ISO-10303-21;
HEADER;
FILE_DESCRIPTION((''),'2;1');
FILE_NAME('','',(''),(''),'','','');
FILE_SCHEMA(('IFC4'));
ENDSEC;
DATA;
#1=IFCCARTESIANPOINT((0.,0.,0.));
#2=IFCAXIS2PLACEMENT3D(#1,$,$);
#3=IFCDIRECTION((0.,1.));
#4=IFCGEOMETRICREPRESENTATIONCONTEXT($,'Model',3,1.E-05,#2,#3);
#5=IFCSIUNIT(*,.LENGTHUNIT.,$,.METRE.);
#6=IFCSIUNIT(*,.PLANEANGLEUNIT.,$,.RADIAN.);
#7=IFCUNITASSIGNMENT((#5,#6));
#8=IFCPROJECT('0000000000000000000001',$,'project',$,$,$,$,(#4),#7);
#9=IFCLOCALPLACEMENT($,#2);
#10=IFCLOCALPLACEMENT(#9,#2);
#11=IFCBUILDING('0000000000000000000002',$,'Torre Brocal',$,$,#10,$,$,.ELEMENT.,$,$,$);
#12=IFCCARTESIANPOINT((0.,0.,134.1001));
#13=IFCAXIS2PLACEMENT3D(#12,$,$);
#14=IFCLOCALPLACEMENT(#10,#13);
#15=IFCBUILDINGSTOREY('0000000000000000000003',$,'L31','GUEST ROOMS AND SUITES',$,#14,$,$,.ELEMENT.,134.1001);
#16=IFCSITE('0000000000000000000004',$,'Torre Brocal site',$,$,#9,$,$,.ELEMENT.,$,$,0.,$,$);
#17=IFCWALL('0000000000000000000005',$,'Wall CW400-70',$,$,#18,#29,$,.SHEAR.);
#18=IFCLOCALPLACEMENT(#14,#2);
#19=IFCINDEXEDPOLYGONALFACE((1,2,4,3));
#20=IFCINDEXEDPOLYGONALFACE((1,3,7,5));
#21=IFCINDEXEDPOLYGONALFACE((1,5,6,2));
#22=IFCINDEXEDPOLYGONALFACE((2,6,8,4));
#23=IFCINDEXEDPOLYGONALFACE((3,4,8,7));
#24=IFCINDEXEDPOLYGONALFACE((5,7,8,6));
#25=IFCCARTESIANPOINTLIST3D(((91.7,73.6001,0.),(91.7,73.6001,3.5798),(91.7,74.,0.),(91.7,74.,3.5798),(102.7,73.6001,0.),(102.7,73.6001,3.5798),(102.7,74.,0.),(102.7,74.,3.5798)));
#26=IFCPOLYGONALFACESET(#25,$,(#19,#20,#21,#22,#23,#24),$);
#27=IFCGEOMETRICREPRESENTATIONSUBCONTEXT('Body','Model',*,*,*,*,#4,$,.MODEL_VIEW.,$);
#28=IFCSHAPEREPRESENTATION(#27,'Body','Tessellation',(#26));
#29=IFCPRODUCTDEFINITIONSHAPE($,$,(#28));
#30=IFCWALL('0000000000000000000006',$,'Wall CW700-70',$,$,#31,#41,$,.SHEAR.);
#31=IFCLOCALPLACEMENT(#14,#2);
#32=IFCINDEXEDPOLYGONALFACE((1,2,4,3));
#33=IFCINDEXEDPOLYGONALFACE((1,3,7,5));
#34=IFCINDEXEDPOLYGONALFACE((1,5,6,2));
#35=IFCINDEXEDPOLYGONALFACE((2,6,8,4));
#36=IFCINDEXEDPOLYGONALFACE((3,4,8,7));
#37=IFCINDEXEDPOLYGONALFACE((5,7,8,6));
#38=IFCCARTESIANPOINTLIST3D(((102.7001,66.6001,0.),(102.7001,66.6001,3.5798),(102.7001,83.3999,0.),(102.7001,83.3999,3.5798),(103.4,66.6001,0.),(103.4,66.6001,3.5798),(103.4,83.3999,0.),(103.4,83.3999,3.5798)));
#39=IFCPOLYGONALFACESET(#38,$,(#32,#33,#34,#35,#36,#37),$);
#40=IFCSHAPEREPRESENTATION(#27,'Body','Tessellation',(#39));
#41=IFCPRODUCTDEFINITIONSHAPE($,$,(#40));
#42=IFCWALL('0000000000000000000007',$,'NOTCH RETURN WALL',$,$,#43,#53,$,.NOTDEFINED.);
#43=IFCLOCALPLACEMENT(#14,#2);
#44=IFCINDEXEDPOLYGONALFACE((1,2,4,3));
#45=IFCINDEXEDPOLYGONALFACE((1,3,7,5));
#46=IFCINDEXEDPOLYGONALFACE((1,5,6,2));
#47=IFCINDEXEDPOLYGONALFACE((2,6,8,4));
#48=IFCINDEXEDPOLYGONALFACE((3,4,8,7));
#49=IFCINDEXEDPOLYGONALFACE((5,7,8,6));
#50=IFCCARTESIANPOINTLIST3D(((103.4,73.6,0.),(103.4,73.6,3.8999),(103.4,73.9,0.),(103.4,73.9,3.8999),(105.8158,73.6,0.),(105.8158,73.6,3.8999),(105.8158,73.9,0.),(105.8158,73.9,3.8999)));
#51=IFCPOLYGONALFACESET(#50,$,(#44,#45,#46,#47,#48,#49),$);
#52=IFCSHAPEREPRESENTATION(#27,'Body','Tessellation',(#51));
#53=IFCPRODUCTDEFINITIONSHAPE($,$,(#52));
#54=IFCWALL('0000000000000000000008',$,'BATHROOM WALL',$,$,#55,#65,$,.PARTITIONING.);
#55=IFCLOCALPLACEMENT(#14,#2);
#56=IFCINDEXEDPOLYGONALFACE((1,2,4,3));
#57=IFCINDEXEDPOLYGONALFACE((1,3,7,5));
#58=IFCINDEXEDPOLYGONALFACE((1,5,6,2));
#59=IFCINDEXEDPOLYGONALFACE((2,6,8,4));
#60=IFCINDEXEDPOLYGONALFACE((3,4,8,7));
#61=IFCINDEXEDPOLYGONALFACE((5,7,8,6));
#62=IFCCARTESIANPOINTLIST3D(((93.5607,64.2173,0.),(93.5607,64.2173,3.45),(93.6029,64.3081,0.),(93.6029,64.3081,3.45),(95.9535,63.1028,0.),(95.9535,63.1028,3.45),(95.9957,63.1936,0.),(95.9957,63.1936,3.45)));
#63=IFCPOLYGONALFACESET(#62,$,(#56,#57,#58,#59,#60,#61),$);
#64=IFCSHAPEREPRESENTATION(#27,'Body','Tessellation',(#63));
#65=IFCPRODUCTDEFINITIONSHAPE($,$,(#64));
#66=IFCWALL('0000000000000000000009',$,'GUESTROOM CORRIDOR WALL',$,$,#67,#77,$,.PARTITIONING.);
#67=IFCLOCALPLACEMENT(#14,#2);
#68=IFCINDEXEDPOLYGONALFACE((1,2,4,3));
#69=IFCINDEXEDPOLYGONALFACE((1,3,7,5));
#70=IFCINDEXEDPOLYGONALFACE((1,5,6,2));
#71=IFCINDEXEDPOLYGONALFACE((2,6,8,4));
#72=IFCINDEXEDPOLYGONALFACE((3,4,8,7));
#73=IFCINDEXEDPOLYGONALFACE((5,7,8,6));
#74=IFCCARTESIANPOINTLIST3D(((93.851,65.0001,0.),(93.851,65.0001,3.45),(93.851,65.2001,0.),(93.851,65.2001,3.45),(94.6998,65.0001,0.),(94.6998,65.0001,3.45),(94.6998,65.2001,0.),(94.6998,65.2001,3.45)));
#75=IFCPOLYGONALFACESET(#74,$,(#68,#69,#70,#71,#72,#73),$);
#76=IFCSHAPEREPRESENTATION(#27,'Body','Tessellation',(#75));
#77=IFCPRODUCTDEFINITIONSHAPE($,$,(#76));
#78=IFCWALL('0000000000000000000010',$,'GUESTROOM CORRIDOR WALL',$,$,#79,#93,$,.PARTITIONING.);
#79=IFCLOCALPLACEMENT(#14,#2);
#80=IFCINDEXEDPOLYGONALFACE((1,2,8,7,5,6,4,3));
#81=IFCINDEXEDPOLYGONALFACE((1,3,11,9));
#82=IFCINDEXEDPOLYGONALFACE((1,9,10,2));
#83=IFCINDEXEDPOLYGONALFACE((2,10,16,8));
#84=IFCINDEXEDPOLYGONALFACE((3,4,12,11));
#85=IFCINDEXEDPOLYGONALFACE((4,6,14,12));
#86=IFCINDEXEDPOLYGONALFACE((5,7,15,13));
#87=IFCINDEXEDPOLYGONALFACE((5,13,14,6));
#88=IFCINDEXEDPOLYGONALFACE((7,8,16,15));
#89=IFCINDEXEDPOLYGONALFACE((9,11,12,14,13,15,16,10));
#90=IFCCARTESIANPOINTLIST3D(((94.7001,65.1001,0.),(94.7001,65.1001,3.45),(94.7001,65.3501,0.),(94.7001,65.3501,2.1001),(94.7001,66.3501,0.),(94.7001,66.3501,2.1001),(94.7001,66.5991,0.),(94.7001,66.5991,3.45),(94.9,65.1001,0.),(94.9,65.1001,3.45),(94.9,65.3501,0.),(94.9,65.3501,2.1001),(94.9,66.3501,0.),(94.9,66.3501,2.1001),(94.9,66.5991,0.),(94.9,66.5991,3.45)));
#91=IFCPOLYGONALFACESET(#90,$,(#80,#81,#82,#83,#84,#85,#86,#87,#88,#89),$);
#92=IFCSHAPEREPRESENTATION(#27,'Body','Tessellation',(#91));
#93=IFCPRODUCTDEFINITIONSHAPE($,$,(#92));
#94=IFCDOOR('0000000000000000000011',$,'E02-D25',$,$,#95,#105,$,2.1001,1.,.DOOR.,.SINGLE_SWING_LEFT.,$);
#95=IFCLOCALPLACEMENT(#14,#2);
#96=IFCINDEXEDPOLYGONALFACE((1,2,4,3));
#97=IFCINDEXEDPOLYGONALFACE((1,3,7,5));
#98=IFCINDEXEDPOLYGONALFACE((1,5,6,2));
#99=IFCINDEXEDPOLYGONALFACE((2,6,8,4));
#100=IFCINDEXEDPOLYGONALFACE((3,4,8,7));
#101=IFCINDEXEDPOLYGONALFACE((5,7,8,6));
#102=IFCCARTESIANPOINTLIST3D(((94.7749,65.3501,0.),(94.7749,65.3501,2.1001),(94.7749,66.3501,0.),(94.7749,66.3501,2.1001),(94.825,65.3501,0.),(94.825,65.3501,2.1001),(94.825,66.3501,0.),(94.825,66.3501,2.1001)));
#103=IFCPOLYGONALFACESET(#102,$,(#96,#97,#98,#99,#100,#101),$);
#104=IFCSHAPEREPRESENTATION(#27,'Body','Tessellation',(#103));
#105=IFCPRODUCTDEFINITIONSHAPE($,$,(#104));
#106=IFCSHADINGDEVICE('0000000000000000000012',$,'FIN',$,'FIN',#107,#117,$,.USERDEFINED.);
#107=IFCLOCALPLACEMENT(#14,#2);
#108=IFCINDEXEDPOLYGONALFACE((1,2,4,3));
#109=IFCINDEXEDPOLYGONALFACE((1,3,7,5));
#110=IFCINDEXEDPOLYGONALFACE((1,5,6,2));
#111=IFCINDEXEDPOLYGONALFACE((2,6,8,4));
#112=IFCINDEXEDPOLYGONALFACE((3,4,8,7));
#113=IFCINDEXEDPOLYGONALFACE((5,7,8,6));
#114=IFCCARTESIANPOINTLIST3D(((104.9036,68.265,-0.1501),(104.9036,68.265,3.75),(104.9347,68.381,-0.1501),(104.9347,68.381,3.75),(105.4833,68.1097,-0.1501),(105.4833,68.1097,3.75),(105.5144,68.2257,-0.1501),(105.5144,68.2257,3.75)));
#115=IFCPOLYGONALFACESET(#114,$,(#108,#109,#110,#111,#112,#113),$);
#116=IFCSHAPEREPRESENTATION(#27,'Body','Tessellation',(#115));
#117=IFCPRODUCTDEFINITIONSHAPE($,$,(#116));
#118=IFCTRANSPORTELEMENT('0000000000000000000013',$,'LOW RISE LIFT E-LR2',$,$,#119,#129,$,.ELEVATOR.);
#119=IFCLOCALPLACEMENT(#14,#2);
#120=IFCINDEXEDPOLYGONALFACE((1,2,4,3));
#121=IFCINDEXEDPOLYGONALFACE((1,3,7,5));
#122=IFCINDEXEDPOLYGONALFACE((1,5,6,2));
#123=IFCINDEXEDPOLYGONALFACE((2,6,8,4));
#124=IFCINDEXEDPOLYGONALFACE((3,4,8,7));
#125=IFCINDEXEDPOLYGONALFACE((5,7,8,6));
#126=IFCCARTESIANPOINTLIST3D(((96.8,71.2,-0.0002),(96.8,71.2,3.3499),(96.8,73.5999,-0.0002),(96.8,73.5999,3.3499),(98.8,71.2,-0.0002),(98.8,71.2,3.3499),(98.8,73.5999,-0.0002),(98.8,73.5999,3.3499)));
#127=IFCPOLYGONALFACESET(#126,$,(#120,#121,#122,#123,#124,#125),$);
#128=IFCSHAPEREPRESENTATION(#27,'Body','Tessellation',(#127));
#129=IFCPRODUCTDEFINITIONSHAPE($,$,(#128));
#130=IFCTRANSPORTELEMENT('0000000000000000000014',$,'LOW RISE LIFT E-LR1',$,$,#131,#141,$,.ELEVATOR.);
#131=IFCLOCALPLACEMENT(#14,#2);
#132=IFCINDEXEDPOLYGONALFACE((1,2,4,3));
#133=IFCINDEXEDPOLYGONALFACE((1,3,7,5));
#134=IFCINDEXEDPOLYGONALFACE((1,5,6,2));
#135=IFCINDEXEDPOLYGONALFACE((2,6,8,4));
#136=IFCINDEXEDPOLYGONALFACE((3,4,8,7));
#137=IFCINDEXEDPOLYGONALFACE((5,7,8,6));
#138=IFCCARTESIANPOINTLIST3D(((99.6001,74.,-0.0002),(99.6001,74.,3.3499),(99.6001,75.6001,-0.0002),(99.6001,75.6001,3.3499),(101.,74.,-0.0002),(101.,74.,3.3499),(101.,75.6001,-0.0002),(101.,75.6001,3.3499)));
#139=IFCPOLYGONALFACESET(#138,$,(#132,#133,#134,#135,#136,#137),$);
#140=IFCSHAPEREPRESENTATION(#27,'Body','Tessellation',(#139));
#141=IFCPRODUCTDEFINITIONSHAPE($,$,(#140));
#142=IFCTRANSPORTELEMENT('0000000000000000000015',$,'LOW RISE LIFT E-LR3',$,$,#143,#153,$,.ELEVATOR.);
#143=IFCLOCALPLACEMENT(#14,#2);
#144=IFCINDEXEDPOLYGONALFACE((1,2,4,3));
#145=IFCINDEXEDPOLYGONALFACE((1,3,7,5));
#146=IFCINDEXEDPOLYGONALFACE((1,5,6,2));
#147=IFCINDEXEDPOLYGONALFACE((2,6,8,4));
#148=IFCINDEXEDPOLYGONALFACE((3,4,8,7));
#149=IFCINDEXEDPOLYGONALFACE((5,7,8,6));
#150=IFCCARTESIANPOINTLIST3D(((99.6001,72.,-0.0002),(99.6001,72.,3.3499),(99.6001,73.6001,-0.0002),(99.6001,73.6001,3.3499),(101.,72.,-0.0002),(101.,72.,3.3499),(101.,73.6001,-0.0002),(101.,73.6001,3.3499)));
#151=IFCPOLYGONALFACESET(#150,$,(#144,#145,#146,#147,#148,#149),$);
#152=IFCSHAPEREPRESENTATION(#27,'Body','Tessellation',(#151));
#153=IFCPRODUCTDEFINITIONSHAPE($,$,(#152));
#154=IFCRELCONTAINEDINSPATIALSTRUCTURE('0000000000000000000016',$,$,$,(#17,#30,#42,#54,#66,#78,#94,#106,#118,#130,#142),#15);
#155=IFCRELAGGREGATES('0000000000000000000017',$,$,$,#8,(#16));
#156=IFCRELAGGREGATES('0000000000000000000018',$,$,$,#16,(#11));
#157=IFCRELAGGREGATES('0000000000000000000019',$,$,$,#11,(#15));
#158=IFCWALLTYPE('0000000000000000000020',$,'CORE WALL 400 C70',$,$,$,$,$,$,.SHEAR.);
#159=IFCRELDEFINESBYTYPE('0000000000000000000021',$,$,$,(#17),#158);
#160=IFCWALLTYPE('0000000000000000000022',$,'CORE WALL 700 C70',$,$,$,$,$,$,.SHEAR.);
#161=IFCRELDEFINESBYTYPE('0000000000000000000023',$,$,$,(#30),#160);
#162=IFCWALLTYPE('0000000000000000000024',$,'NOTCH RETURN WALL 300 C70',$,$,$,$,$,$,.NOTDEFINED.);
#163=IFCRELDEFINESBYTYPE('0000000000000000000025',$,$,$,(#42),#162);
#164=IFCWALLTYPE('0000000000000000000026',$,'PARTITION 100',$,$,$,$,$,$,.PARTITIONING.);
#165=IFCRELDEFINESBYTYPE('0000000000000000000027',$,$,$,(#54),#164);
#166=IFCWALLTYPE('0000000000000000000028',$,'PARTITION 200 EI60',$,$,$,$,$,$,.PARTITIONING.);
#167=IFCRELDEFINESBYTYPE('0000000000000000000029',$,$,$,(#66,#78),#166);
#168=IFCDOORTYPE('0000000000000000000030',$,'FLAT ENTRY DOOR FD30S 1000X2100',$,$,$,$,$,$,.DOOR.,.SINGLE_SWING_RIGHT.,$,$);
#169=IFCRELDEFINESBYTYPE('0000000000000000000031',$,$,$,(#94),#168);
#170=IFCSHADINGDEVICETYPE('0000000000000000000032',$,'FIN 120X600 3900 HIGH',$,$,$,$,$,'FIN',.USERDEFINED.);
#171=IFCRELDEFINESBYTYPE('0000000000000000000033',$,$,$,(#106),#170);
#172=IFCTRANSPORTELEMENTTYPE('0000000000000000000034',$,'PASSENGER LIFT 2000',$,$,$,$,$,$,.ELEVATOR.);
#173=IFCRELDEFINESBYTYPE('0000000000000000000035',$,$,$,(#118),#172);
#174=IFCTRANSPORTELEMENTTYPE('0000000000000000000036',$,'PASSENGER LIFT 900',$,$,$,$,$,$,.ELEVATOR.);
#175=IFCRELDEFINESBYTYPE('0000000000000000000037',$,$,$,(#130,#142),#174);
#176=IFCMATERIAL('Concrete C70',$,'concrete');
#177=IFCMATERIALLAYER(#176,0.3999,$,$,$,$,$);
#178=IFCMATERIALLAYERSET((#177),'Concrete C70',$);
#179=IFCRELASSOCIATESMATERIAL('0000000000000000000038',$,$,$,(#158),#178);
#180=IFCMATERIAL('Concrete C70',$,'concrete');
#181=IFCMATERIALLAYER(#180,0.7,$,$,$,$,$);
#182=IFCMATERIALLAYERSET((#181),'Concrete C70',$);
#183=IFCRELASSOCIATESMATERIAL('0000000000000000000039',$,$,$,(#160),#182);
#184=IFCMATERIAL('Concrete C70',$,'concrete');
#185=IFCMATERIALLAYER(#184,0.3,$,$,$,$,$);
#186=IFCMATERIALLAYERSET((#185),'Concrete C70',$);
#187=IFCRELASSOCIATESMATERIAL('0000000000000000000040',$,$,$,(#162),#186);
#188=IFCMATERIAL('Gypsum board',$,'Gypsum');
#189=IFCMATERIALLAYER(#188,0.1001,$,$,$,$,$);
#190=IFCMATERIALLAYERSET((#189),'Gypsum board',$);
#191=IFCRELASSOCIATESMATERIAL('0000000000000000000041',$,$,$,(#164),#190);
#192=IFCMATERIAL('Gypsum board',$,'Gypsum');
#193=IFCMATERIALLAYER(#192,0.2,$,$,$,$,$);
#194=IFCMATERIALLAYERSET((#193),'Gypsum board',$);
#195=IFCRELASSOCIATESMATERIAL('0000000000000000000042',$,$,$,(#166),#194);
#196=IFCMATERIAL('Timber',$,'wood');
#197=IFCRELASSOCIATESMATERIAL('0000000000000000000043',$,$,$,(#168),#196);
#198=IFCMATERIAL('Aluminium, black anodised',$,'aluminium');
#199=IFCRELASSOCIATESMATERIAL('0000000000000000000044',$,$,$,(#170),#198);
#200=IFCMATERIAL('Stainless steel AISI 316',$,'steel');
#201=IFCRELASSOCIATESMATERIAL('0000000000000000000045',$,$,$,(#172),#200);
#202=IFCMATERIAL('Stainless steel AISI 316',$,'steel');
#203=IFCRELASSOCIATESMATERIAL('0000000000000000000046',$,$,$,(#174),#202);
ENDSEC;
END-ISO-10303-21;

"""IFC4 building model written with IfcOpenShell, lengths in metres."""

from ifc_helpers import new_model, si_unit, direction, frame, frame_2d, origin, origin_2d, place, context, subcontext, project, spatial, rectangle, extrude, material, layer, layer_set, material_profile, profile_set, type_object, element, fill, save


model = new_model("IFC4")

# Units and contexts
model_context = context("Model", 3, precision=1e-05, world=origin(), true_north=direction((0.0, 1.0)))
body_context = subcontext(model_context, "Body", "Model", "MODEL_VIEW")
ifc_project = project(units=[si_unit("LENGTHUNIT", "METRE"), si_unit("PLANEANGLEUNIT", "RADIAN")], contexts=[model_context])

# Site, building, storey
site_placement = place(None, origin())
site = spatial("IfcSite", under=ifc_project, at=site_placement, Name="Torre Brocal site", CompositionType="ELEMENT", RefElevation=0.0)
building_placement = place(site_placement, origin())
building = spatial("IfcBuilding", under=site, at=building_placement, Name="Torre Brocal", CompositionType="ELEMENT")
storey_placement = place(building_placement, frame((0.0, 0.0, 134.1001)))
storey = spatial("IfcBuildingStorey", under=building, at=storey_placement, Name="L31", Description="GUEST ROOMS AND SUITES", CompositionType="ELEMENT", Elevation=134.1001)

# Walls
ifc_material_1 = material(Name="Concrete C70", Category="concrete")
ifc_layer_1 = layer(ifc_material_1, 0.3999)
ifc_layer_set_1 = layer_set([ifc_layer_1], Name="Concrete C70")
wall_type_1 = type_object("IfcWallType", Name="CORE WALL 400 C70", PredefinedType="SHEAR", material=ifc_layer_set_1)
wall_1_placement = place(storey_placement, frame((91.7, 73.8, 0.0), z_axis=(0.0, 0.0, 1.0), x_axis=(1.0, 0.0, 0.0)))
element("IfcWall", 1, at=wall_1_placement, inside=storey, type_object=wall_type_1, Name="Wall CW400-70", PredefinedType="SHEAR", context=body_context, shape_type="SweptSolid", body=[
    extrude(rectangle(XDim=11.0, YDim=0.3999, at=frame_2d((5.5, 0.0))), origin(), (0.0, 0.0, 1.0), 3.5798),
])
ifc_material_2 = material(Name="Concrete C70", Category="concrete")
ifc_layer_2 = layer(ifc_material_2, 0.7)
ifc_layer_set_2 = layer_set([ifc_layer_2], Name="Concrete C70")
wall_type_2 = type_object("IfcWallType", Name="CORE WALL 700 C70", PredefinedType="SHEAR", material=ifc_layer_set_2)
wall_2_placement = place(storey_placement, frame((103.05, 66.6001, 0.0), z_axis=(0.0, 0.0, 1.0), x_axis=(0.0, 1.0, 0.0)))
element("IfcWall", 2, at=wall_2_placement, inside=storey, type_object=wall_type_2, Name="Wall CW700-70", PredefinedType="SHEAR", context=body_context, shape_type="SweptSolid", body=[
    extrude(rectangle(XDim=16.7998, YDim=0.7, at=frame_2d((8.3999, 0.0))), origin(), (0.0, 0.0, 1.0), 3.5798),
])
ifc_material_3 = material(Name="Concrete C70", Category="concrete")
ifc_layer_3 = layer(ifc_material_3, 0.3)
ifc_layer_set_3 = layer_set([ifc_layer_3], Name="Concrete C70")
wall_type_3 = type_object("IfcWallType", Name="NOTCH RETURN WALL 300 C70", PredefinedType="NOTDEFINED", material=ifc_layer_set_3)
wall_3_placement = place(storey_placement, frame((103.3999, 73.75, 0.0), z_axis=(0.0, 0.0, 1.0), x_axis=(1.0, 0.0, 0.0)))
element("IfcWall", 3, at=wall_3_placement, inside=storey, type_object=wall_type_3, Name="NOTCH RETURN WALL", PredefinedType="NOTDEFINED", context=body_context, shape_type="SweptSolid", body=[
    extrude(rectangle(XDim=2.4158, YDim=0.3, at=frame_2d((1.208, 0.0))), origin(), (0.0, 0.0, 1.0), 3.8999),
])
ifc_material_4 = material(Name="Gypsum board", Category="Gypsum")
ifc_layer_4 = layer(ifc_material_4, 0.1001)
ifc_layer_set_4 = layer_set([ifc_layer_4], Name="Gypsum board")
wall_type_4 = type_object("IfcWallType", Name="PARTITION 100", PredefinedType="PARTITIONING", material=ifc_layer_set_4)
wall_4_placement = place(storey_placement, frame((93.5818, 64.2627, 0.0), z_axis=(0.0, 0.0, 1.0), x_axis=(0.906495, -0.422217, 0.0)))
element("IfcWall", 4, at=wall_4_placement, inside=storey, type_object=wall_type_4, Name="BATHROOM WALL", PredefinedType="PARTITIONING", context=body_context, shape_type="SweptSolid", body=[
    extrude(rectangle(XDim=2.6396, YDim=0.1001, at=frame_2d((1.3198, 0.0))), origin(), (0.0, 0.0, 1.0), 3.45),
])
ifc_material_5 = material(Name="Gypsum board", Category="Gypsum")
ifc_layer_5 = layer(ifc_material_5, 0.2)
ifc_layer_set_5 = layer_set([ifc_layer_5], Name="Gypsum board")
wall_type_5 = type_object("IfcWallType", Name="PARTITION 200 EI60", PredefinedType="PARTITIONING", material=ifc_layer_set_5)
wall_5_placement = place(storey_placement, frame((93.8511, 65.1001, 0.0), z_axis=(0.0, 0.0, 1.0), x_axis=(1.0, 0.0, 0.0)))
element("IfcWall", 5, at=wall_5_placement, inside=storey, type_object=wall_type_5, Name="GUESTROOM CORRIDOR WALL", PredefinedType="PARTITIONING", context=body_context, shape_type="SweptSolid", body=[
    extrude(rectangle(XDim=0.8489, YDim=0.2, at=frame_2d((0.4243, 0.0))), origin(), (0.0, 0.0, 1.0), 3.45),
])

# Wall, opening, door
wall_6_placement = place(storey_placement, frame((94.8, 65.1001, 0.0), z_axis=(0.0, 0.0, 1.0), x_axis=(0.0, 1.0, 0.0)))
wall_6 = element("IfcWall", 6, at=wall_6_placement, inside=storey, type_object=wall_type_5, Name="GUESTROOM CORRIDOR WALL", PredefinedType="PARTITIONING", context=body_context, shape_type="SweptSolid", body=[
    extrude(rectangle(XDim=1.499, YDim=0.2, at=frame_2d((0.7495, 0.0))), origin(), (0.0, 0.0, 1.0), 3.45),
])
opening_placement = place(wall_6_placement, frame((0.25, 0.0, 0.0)))
opening = element("IfcOpeningElement", 7, at=opening_placement, cuts=wall_6, PredefinedType="OPENING", context=body_context, shape_type="SweptSolid", body=[
    extrude(rectangle(XDim=1.0, YDim=2.1001, at=frame_2d((0.5, 1.05))), frame((0.0, 0.1099, 0.0), z_axis=(0.0, -1.0, 0.0), x_axis=(1.0, 0.0, 0.0)), (0.0, 0.0, 1.0), 0.22),
])
ifc_material_6 = material(Name="Timber", Category="wood")
door_type = type_object("IfcDoorType", Name="FLAT ENTRY DOOR FD30S 1000X2100", OperationType="SINGLE_SWING_RIGHT", PredefinedType="DOOR", material=ifc_material_6)
door_placement = place(opening_placement, frame((1.0, 0.0, 0.0), z_axis=(0.0, 0.0, 1.0), x_axis=(-1.0, 0.0, 0.0)))
door = element("IfcDoor", 8, at=door_placement, inside=storey, type_object=door_type, Name="E02-D25", OperationType="SINGLE_SWING_LEFT", OverallHeight=2.1001, OverallWidth=1.0, PredefinedType="DOOR", context=body_context, shape_type="SweptSolid", body=[
    extrude(rectangle(XDim=1.0, YDim=2.1001, at=frame_2d((0.5, 1.05))), frame((0.0, 0.0249, 0.0), z_axis=(0.0, -1.0, 0.0), x_axis=(1.0, 0.0, 0.0)), (0.0, 0.0, 1.0), 0.05),
])
fill(opening, door)

# Shading device
ifc_material_7 = material(Name="Aluminium, black anodised", Category="aluminium")
ifc_material_profile_1 = material_profile(ifc_material_7, rectangle(XDim=0.1201, YDim=0.6001, at=origin_2d()), Name="FIN 120X600 3900 HIGH")
ifc_profile_set_1 = profile_set([ifc_material_profile_1], Name="Aluminium, black anodised")
shading_device_type = type_object("IfcShadingDeviceType", Name="FIN 120X600 3900 HIGH", ElementType="FIN", PredefinedType="USERDEFINED", material=ifc_profile_set_1)
shading_device_placement = place(storey_placement, frame((105.209, 68.2454, -0.1501), z_axis=(0.0, 0.0, 1.0), x_axis=(0.258819, 0.965926, 0.0)))
element("IfcShadingDevice", 9, at=shading_device_placement, inside=storey, type_object=shading_device_type, Name="FIN", ObjectType="FIN", PredefinedType="USERDEFINED", context=body_context, shape_type="SweptSolid", body=[
    extrude(rectangle(XDim=0.1201, YDim=0.6001, at=origin_2d()), origin(), (0.0, 0.0, 1.0), 3.9001),
])

# Transport elements
ifc_material_8 = material(Name="Stainless steel AISI 316", Category="steel")
transport_element_type_1 = type_object("IfcTransportElementType", Name="PASSENGER LIFT 2000", PredefinedType="ELEVATOR", material=ifc_material_8)
transport_element_placement = place(storey_placement, frame((97.8, 72.3999, -0.0002), z_axis=(0.0, 0.0, 1.0), x_axis=(1.0, 0.0, 0.0)))
element("IfcTransportElement", 10, at=transport_element_placement, inside=storey, type_object=transport_element_type_1, Name="LOW RISE LIFT E-LR2", PredefinedType="ELEVATOR", context=body_context, shape_type="SweptSolid", body=[
    extrude(rectangle(XDim=2.0, YDim=2.3999, at=origin_2d()), origin(), (0.0, 0.0, 1.0), 3.3501),
])
ifc_material_9 = material(Name="Stainless steel AISI 316", Category="steel")
transport_element_type_2 = type_object("IfcTransportElementType", Name="PASSENGER LIFT 900", PredefinedType="ELEVATOR", material=ifc_material_9)
for number, where, z_axis, x_axis, name in (
    (11, (100.3, 74.8, -0.0002), (0.0, 0.0, 1.0), (1.0, 0.0, 0.0), "LOW RISE LIFT E-LR1"),
    (12, (100.3, 72.8, -0.0002), (0.0, 0.0, 1.0), (1.0, 0.0, 0.0), "LOW RISE LIFT E-LR3"),
):
    element("IfcTransportElement", number, at=place(storey_placement, frame(where, z_axis=z_axis, x_axis=x_axis)), inside=storey, type_object=transport_element_type_2, Name=name, PredefinedType="ELEVATOR", context=body_context, shape_type="SweptSolid", body=[
        extrude(rectangle(XDim=1.3999, YDim=1.6001, at=origin_2d()), origin(), (0.0, 0.0, 1.0), 3.3501),
    ])

save(model, "model.ifc")
